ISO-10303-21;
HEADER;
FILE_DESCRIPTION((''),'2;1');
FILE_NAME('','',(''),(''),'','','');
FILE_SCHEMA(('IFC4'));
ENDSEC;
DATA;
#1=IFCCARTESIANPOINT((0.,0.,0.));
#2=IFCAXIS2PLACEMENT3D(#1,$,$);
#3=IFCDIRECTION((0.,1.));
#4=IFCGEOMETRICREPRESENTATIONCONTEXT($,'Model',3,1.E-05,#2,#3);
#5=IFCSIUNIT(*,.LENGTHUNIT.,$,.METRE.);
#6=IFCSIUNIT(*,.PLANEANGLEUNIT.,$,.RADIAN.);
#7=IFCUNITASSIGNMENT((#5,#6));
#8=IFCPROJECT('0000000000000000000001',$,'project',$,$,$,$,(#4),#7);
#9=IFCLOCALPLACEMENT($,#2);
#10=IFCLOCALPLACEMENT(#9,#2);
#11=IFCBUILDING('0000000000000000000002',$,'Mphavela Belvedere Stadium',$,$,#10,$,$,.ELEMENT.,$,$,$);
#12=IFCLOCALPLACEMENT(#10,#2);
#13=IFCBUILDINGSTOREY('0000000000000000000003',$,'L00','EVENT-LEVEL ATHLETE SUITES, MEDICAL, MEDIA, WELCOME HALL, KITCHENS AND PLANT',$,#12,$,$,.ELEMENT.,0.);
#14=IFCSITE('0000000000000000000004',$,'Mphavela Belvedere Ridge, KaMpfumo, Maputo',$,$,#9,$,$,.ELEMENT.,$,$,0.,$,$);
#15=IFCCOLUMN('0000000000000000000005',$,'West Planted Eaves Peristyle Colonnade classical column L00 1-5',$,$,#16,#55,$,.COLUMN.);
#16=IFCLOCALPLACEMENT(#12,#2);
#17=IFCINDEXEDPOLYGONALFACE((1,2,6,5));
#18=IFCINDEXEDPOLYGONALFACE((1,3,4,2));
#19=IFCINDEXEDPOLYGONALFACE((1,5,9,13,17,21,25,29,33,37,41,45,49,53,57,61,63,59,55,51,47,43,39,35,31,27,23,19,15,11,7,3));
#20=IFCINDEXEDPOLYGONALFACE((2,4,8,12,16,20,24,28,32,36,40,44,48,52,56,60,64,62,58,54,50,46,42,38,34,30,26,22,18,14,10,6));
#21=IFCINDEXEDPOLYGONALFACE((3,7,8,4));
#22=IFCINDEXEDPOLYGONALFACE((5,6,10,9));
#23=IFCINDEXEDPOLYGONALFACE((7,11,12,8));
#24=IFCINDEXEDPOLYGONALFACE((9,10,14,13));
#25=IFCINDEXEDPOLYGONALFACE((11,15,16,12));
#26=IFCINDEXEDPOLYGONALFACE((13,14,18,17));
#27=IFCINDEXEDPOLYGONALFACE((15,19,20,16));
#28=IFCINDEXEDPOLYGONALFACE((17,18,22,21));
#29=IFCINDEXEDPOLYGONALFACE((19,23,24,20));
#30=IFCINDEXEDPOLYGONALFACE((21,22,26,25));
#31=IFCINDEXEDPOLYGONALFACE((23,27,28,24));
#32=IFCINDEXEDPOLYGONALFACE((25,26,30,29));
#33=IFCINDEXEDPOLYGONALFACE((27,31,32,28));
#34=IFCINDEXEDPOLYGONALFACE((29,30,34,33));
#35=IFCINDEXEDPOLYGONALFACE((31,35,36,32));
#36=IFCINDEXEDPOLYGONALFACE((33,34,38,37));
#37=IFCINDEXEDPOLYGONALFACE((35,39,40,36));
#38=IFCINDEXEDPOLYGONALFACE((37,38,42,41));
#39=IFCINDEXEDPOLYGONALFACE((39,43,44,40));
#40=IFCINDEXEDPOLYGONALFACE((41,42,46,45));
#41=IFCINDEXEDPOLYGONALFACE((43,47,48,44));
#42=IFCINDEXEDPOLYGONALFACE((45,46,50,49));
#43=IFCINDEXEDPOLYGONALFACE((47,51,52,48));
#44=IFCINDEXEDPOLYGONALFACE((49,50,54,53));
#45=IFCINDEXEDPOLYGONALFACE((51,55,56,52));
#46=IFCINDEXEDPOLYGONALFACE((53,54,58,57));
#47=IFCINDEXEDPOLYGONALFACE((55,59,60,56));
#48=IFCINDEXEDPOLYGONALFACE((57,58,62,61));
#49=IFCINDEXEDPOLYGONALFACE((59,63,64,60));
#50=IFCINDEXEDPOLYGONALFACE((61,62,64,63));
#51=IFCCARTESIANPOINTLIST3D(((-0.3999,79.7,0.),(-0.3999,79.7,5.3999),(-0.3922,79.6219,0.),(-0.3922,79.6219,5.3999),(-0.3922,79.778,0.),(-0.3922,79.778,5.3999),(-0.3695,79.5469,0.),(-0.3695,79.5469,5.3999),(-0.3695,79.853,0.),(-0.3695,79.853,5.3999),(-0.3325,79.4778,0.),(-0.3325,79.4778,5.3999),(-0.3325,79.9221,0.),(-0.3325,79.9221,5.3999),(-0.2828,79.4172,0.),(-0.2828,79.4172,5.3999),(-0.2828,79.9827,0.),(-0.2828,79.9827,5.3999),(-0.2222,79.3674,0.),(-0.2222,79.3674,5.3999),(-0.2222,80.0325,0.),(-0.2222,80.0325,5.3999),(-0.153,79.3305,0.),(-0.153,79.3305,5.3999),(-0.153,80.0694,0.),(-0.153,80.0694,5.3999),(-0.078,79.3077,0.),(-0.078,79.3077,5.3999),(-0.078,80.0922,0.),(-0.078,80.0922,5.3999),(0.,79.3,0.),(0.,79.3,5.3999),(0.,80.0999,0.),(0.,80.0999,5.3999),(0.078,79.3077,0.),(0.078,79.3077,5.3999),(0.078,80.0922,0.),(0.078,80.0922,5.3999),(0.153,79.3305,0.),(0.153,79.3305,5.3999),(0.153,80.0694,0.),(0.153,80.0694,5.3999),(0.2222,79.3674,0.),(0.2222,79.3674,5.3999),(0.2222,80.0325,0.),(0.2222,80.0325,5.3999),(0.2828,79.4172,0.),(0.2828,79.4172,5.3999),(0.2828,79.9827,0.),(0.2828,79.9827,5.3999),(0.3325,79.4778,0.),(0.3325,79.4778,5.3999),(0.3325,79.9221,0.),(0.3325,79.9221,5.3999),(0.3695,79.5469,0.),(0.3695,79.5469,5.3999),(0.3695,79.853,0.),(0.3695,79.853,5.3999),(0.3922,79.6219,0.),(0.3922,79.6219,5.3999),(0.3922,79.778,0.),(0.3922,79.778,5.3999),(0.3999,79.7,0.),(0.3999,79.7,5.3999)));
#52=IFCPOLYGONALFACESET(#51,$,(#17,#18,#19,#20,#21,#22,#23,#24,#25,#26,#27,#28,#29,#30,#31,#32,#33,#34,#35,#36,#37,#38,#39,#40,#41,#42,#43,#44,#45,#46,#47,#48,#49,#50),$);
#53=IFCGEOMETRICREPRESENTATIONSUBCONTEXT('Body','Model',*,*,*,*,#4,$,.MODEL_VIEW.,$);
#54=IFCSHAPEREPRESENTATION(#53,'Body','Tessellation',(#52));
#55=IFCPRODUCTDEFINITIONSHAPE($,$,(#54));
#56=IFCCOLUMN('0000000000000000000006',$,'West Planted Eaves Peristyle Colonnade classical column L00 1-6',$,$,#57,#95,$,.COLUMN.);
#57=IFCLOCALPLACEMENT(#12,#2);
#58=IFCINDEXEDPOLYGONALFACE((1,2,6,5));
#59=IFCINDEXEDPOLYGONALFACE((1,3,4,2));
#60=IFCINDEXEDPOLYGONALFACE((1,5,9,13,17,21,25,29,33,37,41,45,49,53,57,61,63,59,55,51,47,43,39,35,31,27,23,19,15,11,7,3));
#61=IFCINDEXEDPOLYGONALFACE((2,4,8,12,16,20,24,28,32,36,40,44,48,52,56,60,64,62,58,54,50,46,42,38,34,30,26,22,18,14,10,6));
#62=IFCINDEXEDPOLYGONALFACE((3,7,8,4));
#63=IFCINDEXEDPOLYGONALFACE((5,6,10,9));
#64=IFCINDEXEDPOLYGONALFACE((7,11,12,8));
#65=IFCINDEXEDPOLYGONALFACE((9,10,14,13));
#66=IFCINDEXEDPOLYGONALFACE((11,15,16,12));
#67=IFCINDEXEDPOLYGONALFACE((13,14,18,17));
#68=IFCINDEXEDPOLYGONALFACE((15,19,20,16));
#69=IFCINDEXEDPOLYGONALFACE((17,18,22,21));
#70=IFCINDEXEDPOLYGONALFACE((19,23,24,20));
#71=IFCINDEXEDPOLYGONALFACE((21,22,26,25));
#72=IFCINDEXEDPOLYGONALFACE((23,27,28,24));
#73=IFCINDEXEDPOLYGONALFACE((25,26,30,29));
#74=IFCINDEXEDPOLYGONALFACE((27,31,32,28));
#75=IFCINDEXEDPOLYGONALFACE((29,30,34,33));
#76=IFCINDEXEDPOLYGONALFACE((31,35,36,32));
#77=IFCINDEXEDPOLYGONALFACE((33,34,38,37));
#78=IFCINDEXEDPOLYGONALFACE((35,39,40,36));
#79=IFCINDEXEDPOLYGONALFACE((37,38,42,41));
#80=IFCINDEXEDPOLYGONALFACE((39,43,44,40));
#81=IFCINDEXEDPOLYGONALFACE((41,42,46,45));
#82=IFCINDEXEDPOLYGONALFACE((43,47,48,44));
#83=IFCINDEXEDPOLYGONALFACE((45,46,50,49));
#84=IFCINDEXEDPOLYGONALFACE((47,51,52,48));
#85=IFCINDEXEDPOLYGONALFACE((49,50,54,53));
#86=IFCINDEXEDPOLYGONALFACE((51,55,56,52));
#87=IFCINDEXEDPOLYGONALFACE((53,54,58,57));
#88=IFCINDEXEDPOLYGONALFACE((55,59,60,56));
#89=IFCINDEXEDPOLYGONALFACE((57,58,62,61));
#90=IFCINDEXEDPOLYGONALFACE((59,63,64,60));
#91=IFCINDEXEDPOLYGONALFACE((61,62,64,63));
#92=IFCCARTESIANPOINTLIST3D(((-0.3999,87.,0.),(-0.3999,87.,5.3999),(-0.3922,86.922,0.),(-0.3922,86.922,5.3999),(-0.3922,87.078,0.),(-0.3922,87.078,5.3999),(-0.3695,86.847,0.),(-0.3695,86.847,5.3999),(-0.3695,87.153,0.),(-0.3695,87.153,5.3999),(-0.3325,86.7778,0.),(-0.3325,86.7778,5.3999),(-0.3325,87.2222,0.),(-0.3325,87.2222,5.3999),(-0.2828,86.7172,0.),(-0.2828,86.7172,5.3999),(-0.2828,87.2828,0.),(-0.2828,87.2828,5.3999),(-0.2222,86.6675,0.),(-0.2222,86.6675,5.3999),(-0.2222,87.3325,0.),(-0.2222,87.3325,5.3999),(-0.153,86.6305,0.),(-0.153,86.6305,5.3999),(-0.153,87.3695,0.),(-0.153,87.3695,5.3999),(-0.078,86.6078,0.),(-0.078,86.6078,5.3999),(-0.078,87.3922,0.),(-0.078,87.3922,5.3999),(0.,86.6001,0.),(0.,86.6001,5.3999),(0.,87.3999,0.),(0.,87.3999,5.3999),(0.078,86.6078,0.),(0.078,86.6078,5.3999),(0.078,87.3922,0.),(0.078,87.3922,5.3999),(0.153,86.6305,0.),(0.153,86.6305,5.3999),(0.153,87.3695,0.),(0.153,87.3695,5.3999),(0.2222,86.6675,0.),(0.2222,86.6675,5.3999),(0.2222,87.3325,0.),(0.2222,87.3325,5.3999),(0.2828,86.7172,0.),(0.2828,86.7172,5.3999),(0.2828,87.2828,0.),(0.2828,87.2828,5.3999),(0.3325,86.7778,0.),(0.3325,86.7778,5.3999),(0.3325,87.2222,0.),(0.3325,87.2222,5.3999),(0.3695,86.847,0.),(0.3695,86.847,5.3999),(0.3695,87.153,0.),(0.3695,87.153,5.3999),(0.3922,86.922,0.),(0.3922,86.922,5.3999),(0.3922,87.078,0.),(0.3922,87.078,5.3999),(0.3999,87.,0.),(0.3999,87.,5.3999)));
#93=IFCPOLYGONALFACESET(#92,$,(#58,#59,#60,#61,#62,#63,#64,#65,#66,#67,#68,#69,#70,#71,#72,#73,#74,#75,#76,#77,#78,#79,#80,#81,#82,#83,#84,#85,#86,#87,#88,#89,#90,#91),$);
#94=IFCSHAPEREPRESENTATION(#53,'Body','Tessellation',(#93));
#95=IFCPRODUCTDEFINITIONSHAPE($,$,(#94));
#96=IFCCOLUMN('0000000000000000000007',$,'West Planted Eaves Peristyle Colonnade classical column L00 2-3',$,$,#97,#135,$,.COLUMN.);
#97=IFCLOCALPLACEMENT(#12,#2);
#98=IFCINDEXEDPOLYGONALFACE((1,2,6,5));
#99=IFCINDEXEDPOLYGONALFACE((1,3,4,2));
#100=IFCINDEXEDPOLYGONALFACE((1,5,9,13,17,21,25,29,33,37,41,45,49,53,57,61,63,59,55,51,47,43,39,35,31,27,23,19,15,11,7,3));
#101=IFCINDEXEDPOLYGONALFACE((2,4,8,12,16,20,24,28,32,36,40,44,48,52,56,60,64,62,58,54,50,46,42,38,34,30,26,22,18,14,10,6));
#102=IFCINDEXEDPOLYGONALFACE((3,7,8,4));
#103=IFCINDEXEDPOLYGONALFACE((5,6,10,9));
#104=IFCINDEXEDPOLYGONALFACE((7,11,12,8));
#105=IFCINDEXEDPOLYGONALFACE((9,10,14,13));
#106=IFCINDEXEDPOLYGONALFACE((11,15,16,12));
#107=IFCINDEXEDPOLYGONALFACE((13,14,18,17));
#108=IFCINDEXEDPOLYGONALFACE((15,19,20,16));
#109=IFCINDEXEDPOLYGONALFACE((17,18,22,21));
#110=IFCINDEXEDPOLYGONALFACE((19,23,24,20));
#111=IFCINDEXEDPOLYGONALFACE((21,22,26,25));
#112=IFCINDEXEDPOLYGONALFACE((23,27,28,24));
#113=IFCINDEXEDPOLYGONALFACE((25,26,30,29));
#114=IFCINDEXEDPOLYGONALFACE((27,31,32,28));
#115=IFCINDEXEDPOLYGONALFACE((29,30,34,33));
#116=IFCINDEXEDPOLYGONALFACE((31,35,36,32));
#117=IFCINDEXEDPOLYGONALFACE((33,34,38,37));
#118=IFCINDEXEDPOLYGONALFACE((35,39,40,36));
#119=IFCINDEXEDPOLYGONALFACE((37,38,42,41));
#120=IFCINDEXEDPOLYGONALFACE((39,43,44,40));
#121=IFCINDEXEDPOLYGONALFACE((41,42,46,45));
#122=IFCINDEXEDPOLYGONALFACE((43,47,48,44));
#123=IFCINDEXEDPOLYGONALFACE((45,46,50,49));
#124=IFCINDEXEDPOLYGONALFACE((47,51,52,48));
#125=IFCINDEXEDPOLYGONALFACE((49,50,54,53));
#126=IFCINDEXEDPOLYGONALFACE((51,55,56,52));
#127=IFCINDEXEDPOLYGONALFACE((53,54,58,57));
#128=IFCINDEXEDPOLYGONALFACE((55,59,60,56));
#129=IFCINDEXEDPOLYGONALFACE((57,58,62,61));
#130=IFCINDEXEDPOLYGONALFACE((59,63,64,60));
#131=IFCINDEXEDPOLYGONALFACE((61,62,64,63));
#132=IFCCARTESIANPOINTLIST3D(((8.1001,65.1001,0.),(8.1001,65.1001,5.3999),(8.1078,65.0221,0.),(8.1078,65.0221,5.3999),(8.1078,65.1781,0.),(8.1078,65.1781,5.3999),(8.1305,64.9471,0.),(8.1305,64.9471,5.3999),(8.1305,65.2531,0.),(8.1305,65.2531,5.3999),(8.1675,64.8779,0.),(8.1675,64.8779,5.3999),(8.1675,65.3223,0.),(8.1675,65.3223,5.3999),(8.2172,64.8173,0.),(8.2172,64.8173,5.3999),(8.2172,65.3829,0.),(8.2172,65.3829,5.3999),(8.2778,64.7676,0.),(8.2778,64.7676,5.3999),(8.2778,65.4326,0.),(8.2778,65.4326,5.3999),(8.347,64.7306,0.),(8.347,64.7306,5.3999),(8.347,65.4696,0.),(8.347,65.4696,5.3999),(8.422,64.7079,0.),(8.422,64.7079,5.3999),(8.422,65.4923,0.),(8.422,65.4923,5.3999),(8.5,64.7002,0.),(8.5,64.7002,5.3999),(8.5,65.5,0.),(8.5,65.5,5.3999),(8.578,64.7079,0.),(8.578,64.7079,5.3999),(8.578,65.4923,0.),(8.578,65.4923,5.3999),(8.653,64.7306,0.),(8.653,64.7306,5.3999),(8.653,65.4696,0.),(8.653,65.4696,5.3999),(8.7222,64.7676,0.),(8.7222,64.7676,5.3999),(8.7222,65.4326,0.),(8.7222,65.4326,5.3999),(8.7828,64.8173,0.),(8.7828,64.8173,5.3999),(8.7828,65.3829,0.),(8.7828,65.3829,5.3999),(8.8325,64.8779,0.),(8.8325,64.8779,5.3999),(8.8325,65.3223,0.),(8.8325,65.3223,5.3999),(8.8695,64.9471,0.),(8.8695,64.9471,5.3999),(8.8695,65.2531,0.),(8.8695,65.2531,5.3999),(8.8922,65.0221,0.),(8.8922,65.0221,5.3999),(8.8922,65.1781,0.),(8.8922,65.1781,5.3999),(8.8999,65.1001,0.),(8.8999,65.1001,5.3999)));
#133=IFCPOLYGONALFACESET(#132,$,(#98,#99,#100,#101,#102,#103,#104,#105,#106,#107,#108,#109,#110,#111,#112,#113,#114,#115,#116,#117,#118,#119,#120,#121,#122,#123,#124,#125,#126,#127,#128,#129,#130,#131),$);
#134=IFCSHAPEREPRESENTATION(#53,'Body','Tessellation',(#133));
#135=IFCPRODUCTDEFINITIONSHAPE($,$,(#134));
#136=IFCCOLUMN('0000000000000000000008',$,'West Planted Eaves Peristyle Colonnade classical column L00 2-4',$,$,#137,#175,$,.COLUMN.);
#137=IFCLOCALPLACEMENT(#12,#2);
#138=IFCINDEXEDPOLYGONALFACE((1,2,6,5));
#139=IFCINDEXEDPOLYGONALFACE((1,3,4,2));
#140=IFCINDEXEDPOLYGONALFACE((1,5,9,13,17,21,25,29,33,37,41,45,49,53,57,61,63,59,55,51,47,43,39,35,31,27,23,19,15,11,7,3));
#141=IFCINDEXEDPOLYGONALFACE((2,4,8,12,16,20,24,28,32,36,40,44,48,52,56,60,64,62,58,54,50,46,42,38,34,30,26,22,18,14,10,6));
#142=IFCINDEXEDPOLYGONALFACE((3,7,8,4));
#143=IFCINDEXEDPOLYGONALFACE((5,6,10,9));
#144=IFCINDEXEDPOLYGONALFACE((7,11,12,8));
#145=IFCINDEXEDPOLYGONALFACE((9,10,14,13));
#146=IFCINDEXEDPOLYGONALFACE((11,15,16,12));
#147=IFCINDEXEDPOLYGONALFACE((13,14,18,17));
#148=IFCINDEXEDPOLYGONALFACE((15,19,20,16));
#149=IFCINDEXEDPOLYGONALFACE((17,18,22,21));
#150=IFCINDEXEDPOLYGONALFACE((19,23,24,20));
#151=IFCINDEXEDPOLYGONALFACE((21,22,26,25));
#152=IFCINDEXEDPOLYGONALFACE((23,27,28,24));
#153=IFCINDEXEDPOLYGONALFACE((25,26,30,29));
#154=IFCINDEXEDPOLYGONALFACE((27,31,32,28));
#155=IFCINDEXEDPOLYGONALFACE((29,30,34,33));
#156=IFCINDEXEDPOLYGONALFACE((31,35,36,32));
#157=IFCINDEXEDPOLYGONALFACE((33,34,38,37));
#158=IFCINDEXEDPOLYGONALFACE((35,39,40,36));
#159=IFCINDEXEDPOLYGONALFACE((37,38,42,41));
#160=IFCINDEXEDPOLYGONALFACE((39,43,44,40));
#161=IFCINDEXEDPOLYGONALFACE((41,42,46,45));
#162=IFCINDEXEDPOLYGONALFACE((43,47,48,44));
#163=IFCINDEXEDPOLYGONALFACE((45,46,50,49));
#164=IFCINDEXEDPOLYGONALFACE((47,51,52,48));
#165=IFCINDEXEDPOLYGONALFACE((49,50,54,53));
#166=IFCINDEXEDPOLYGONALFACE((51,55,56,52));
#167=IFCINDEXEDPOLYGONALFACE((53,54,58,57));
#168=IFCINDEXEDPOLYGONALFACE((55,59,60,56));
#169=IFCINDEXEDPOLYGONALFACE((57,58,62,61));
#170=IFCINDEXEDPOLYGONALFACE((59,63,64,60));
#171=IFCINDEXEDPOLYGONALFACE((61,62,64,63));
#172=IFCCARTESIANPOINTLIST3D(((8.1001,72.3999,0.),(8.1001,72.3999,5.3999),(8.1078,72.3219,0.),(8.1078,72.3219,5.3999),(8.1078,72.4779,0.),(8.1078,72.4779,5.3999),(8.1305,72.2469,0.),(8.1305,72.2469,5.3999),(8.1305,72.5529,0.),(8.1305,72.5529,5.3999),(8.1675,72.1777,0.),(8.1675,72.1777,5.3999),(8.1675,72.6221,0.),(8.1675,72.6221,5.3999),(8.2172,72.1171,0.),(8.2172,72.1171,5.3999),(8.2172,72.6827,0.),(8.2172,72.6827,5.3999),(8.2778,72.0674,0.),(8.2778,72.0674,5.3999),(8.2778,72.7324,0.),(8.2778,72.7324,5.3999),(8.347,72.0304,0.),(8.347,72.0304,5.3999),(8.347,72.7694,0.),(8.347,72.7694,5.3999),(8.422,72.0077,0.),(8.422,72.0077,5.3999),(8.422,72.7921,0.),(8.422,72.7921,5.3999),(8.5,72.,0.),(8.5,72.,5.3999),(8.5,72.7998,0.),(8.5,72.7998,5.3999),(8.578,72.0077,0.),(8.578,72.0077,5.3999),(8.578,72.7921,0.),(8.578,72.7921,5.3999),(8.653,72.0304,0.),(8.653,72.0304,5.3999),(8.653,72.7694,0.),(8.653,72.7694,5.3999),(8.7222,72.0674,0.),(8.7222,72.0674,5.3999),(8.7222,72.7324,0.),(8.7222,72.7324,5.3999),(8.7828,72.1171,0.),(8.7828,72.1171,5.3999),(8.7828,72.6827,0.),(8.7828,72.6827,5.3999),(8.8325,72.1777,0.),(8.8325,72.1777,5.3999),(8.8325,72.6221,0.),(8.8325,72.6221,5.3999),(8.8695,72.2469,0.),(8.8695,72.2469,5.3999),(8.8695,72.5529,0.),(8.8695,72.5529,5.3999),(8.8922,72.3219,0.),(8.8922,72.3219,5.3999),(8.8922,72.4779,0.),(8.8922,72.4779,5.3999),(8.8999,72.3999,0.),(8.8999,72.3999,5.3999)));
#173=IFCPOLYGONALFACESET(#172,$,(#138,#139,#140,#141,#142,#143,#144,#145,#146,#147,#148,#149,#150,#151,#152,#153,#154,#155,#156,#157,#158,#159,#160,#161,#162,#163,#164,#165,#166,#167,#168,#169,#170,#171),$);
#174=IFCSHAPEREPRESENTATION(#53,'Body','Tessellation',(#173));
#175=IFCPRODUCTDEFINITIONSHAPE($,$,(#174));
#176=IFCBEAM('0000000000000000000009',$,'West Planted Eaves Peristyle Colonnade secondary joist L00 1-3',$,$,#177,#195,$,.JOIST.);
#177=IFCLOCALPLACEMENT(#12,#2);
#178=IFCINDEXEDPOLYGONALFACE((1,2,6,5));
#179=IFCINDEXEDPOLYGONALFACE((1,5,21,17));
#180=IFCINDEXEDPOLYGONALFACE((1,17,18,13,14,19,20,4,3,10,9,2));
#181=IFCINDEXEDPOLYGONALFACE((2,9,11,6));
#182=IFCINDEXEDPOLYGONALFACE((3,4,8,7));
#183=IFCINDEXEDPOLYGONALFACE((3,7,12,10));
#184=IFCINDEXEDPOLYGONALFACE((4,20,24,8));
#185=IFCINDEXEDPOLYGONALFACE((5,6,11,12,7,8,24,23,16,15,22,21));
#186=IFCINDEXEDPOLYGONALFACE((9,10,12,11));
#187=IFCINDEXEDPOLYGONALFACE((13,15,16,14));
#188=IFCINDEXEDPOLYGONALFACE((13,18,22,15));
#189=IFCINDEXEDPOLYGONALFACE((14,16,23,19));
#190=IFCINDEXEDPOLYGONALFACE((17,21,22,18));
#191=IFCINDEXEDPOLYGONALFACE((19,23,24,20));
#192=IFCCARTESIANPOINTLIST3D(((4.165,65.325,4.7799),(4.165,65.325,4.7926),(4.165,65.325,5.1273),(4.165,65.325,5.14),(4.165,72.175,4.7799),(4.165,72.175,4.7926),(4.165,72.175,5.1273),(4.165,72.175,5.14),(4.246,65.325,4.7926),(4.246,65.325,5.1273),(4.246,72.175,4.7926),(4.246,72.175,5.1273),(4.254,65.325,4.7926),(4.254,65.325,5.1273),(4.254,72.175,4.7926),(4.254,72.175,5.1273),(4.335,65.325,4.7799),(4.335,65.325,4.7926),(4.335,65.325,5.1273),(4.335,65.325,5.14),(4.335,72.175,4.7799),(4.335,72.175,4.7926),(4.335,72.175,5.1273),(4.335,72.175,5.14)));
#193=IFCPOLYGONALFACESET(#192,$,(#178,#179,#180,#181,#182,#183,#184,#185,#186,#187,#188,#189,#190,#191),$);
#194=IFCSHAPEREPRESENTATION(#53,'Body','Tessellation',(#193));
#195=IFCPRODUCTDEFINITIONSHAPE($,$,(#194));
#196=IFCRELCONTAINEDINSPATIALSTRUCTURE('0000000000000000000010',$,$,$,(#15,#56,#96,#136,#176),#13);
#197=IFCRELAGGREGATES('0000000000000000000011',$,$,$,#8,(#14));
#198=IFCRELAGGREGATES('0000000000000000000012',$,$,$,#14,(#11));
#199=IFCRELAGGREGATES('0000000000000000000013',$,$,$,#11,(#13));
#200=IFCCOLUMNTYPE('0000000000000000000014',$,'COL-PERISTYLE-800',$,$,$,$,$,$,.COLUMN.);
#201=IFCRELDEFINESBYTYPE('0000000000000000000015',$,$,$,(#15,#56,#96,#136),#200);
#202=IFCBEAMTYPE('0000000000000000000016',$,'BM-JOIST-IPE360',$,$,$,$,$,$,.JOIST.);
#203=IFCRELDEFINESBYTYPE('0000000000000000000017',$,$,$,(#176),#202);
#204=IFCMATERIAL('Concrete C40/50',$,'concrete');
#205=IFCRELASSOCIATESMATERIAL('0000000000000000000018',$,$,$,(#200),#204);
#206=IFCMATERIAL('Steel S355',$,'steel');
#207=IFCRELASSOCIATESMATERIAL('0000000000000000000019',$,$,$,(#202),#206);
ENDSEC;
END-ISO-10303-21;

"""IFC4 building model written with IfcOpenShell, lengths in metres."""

from ifc_helpers import new_model, si_unit, direction, frame, origin, origin_2d, place, context, subcontext, project, spatial, circle, i_section, extrude, material, material_profile, profile_set, type_object, element, save


model = new_model("IFC4")

# Units and contexts
model_context = context("Model", 3, precision=1e-05, world=origin(), true_north=direction((0.0, 1.0)))
body_context = subcontext(model_context, "Body", "Model", "MODEL_VIEW")
ifc_project = project(units=[si_unit("LENGTHUNIT", "METRE"), si_unit("PLANEANGLEUNIT", "RADIAN")], contexts=[model_context])

# Site, building, storey
site_placement = place(None, origin())
site = spatial("IfcSite", under=ifc_project, at=site_placement, Name="Mphavela Belvedere Ridge, KaMpfumo, Maputo", CompositionType="ELEMENT", RefElevation=0.0)
building_placement = place(site_placement, origin())
building = spatial("IfcBuilding", under=site, at=building_placement, Name="Mphavela Belvedere Stadium", CompositionType="ELEMENT")
storey_placement = place(building_placement, origin())
storey = spatial("IfcBuildingStorey", under=building, at=storey_placement, Name="L00", Description="EVENT-LEVEL ATHLETE SUITES, MEDICAL, MEDIA, WELCOME HALL, KITCHENS AND PLANT", CompositionType="ELEMENT", Elevation=0.0)

# Columns
ifc_material_1 = material(Name="Concrete C40/50", Category="concrete")
ifc_material_profile_1 = material_profile(ifc_material_1, circle(Radius=0.3999, at=origin_2d()), Name="COL D800")
ifc_profile_set_1 = profile_set([ifc_material_profile_1], Name="Concrete C40/50")
column_type = type_object("IfcColumnType", Name="COL-PERISTYLE-800", PredefinedType="COLUMN", material=ifc_profile_set_1)
for number, where, z_axis, x_axis, name in (
    (1, (0.0, 79.7, 0.0), (0.0, 0.0, 1.0), (1.0, 0.0, 0.0), "West Planted Eaves Peristyle Colonnade classical column L00 1-5"),
    (2, (0.0, 87.0, 0.0), (0.0, 0.0, 1.0), (1.0, 0.0, 0.0), "West Planted Eaves Peristyle Colonnade classical column L00 1-6"),
    (3, (8.5, 65.1001, 0.0), (0.0, 0.0, 1.0), (1.0, 0.0, 0.0), "West Planted Eaves Peristyle Colonnade classical column L00 2-3"),
    (4, (8.5, 72.3999, 0.0), (0.0, 0.0, 1.0), (1.0, 0.0, 0.0), "West Planted Eaves Peristyle Colonnade classical column L00 2-4"),
):
    element("IfcColumn", number, at=place(storey_placement, frame(where, z_axis=z_axis, x_axis=x_axis)), inside=storey, type_object=column_type, Name=name, PredefinedType="COLUMN", context=body_context, shape_type="SweptSolid", body=[
        extrude(circle(Radius=0.3999, at=origin_2d()), origin(), (0.0, 0.0, 1.0), 5.3999),
    ])

# Beam
ifc_material_2 = material(Name="Steel S355", Category="steel")
ifc_material_profile_2 = material_profile(ifc_material_2, i_section(OverallWidth=0.1699, OverallDepth=0.3601, WebThickness=0.0081, FlangeThickness=0.0127, at=origin_2d()), Name="IPE 360")
ifc_profile_set_2 = profile_set([ifc_material_profile_2], Name="Steel S355")
beam_type_1 = type_object("IfcBeamType", Name="BM-JOIST-IPE360", PredefinedType="JOIST", material=ifc_profile_set_2)
beam_1_placement = place(storey_placement, frame((4.25, 65.325, 4.96), z_axis=(0.0, 1.0, 0.0), x_axis=(-1.0, 0.0, 0.0)))
element("IfcBeam", 5, at=beam_1_placement, inside=storey, type_object=beam_type_1, Name="West Planted Eaves Peristyle Colonnade secondary joist L00 1-3", PredefinedType="JOIST", context=body_context, shape_type="SweptSolid", body=[
    extrude(i_section(OverallWidth=0.1699, OverallDepth=0.3601, WebThickness=0.0081, FlangeThickness=0.0127, at=origin_2d()), origin(), (0.0, 0.0, 1.0), 6.8501),
])

save(model, "model.ifc")
